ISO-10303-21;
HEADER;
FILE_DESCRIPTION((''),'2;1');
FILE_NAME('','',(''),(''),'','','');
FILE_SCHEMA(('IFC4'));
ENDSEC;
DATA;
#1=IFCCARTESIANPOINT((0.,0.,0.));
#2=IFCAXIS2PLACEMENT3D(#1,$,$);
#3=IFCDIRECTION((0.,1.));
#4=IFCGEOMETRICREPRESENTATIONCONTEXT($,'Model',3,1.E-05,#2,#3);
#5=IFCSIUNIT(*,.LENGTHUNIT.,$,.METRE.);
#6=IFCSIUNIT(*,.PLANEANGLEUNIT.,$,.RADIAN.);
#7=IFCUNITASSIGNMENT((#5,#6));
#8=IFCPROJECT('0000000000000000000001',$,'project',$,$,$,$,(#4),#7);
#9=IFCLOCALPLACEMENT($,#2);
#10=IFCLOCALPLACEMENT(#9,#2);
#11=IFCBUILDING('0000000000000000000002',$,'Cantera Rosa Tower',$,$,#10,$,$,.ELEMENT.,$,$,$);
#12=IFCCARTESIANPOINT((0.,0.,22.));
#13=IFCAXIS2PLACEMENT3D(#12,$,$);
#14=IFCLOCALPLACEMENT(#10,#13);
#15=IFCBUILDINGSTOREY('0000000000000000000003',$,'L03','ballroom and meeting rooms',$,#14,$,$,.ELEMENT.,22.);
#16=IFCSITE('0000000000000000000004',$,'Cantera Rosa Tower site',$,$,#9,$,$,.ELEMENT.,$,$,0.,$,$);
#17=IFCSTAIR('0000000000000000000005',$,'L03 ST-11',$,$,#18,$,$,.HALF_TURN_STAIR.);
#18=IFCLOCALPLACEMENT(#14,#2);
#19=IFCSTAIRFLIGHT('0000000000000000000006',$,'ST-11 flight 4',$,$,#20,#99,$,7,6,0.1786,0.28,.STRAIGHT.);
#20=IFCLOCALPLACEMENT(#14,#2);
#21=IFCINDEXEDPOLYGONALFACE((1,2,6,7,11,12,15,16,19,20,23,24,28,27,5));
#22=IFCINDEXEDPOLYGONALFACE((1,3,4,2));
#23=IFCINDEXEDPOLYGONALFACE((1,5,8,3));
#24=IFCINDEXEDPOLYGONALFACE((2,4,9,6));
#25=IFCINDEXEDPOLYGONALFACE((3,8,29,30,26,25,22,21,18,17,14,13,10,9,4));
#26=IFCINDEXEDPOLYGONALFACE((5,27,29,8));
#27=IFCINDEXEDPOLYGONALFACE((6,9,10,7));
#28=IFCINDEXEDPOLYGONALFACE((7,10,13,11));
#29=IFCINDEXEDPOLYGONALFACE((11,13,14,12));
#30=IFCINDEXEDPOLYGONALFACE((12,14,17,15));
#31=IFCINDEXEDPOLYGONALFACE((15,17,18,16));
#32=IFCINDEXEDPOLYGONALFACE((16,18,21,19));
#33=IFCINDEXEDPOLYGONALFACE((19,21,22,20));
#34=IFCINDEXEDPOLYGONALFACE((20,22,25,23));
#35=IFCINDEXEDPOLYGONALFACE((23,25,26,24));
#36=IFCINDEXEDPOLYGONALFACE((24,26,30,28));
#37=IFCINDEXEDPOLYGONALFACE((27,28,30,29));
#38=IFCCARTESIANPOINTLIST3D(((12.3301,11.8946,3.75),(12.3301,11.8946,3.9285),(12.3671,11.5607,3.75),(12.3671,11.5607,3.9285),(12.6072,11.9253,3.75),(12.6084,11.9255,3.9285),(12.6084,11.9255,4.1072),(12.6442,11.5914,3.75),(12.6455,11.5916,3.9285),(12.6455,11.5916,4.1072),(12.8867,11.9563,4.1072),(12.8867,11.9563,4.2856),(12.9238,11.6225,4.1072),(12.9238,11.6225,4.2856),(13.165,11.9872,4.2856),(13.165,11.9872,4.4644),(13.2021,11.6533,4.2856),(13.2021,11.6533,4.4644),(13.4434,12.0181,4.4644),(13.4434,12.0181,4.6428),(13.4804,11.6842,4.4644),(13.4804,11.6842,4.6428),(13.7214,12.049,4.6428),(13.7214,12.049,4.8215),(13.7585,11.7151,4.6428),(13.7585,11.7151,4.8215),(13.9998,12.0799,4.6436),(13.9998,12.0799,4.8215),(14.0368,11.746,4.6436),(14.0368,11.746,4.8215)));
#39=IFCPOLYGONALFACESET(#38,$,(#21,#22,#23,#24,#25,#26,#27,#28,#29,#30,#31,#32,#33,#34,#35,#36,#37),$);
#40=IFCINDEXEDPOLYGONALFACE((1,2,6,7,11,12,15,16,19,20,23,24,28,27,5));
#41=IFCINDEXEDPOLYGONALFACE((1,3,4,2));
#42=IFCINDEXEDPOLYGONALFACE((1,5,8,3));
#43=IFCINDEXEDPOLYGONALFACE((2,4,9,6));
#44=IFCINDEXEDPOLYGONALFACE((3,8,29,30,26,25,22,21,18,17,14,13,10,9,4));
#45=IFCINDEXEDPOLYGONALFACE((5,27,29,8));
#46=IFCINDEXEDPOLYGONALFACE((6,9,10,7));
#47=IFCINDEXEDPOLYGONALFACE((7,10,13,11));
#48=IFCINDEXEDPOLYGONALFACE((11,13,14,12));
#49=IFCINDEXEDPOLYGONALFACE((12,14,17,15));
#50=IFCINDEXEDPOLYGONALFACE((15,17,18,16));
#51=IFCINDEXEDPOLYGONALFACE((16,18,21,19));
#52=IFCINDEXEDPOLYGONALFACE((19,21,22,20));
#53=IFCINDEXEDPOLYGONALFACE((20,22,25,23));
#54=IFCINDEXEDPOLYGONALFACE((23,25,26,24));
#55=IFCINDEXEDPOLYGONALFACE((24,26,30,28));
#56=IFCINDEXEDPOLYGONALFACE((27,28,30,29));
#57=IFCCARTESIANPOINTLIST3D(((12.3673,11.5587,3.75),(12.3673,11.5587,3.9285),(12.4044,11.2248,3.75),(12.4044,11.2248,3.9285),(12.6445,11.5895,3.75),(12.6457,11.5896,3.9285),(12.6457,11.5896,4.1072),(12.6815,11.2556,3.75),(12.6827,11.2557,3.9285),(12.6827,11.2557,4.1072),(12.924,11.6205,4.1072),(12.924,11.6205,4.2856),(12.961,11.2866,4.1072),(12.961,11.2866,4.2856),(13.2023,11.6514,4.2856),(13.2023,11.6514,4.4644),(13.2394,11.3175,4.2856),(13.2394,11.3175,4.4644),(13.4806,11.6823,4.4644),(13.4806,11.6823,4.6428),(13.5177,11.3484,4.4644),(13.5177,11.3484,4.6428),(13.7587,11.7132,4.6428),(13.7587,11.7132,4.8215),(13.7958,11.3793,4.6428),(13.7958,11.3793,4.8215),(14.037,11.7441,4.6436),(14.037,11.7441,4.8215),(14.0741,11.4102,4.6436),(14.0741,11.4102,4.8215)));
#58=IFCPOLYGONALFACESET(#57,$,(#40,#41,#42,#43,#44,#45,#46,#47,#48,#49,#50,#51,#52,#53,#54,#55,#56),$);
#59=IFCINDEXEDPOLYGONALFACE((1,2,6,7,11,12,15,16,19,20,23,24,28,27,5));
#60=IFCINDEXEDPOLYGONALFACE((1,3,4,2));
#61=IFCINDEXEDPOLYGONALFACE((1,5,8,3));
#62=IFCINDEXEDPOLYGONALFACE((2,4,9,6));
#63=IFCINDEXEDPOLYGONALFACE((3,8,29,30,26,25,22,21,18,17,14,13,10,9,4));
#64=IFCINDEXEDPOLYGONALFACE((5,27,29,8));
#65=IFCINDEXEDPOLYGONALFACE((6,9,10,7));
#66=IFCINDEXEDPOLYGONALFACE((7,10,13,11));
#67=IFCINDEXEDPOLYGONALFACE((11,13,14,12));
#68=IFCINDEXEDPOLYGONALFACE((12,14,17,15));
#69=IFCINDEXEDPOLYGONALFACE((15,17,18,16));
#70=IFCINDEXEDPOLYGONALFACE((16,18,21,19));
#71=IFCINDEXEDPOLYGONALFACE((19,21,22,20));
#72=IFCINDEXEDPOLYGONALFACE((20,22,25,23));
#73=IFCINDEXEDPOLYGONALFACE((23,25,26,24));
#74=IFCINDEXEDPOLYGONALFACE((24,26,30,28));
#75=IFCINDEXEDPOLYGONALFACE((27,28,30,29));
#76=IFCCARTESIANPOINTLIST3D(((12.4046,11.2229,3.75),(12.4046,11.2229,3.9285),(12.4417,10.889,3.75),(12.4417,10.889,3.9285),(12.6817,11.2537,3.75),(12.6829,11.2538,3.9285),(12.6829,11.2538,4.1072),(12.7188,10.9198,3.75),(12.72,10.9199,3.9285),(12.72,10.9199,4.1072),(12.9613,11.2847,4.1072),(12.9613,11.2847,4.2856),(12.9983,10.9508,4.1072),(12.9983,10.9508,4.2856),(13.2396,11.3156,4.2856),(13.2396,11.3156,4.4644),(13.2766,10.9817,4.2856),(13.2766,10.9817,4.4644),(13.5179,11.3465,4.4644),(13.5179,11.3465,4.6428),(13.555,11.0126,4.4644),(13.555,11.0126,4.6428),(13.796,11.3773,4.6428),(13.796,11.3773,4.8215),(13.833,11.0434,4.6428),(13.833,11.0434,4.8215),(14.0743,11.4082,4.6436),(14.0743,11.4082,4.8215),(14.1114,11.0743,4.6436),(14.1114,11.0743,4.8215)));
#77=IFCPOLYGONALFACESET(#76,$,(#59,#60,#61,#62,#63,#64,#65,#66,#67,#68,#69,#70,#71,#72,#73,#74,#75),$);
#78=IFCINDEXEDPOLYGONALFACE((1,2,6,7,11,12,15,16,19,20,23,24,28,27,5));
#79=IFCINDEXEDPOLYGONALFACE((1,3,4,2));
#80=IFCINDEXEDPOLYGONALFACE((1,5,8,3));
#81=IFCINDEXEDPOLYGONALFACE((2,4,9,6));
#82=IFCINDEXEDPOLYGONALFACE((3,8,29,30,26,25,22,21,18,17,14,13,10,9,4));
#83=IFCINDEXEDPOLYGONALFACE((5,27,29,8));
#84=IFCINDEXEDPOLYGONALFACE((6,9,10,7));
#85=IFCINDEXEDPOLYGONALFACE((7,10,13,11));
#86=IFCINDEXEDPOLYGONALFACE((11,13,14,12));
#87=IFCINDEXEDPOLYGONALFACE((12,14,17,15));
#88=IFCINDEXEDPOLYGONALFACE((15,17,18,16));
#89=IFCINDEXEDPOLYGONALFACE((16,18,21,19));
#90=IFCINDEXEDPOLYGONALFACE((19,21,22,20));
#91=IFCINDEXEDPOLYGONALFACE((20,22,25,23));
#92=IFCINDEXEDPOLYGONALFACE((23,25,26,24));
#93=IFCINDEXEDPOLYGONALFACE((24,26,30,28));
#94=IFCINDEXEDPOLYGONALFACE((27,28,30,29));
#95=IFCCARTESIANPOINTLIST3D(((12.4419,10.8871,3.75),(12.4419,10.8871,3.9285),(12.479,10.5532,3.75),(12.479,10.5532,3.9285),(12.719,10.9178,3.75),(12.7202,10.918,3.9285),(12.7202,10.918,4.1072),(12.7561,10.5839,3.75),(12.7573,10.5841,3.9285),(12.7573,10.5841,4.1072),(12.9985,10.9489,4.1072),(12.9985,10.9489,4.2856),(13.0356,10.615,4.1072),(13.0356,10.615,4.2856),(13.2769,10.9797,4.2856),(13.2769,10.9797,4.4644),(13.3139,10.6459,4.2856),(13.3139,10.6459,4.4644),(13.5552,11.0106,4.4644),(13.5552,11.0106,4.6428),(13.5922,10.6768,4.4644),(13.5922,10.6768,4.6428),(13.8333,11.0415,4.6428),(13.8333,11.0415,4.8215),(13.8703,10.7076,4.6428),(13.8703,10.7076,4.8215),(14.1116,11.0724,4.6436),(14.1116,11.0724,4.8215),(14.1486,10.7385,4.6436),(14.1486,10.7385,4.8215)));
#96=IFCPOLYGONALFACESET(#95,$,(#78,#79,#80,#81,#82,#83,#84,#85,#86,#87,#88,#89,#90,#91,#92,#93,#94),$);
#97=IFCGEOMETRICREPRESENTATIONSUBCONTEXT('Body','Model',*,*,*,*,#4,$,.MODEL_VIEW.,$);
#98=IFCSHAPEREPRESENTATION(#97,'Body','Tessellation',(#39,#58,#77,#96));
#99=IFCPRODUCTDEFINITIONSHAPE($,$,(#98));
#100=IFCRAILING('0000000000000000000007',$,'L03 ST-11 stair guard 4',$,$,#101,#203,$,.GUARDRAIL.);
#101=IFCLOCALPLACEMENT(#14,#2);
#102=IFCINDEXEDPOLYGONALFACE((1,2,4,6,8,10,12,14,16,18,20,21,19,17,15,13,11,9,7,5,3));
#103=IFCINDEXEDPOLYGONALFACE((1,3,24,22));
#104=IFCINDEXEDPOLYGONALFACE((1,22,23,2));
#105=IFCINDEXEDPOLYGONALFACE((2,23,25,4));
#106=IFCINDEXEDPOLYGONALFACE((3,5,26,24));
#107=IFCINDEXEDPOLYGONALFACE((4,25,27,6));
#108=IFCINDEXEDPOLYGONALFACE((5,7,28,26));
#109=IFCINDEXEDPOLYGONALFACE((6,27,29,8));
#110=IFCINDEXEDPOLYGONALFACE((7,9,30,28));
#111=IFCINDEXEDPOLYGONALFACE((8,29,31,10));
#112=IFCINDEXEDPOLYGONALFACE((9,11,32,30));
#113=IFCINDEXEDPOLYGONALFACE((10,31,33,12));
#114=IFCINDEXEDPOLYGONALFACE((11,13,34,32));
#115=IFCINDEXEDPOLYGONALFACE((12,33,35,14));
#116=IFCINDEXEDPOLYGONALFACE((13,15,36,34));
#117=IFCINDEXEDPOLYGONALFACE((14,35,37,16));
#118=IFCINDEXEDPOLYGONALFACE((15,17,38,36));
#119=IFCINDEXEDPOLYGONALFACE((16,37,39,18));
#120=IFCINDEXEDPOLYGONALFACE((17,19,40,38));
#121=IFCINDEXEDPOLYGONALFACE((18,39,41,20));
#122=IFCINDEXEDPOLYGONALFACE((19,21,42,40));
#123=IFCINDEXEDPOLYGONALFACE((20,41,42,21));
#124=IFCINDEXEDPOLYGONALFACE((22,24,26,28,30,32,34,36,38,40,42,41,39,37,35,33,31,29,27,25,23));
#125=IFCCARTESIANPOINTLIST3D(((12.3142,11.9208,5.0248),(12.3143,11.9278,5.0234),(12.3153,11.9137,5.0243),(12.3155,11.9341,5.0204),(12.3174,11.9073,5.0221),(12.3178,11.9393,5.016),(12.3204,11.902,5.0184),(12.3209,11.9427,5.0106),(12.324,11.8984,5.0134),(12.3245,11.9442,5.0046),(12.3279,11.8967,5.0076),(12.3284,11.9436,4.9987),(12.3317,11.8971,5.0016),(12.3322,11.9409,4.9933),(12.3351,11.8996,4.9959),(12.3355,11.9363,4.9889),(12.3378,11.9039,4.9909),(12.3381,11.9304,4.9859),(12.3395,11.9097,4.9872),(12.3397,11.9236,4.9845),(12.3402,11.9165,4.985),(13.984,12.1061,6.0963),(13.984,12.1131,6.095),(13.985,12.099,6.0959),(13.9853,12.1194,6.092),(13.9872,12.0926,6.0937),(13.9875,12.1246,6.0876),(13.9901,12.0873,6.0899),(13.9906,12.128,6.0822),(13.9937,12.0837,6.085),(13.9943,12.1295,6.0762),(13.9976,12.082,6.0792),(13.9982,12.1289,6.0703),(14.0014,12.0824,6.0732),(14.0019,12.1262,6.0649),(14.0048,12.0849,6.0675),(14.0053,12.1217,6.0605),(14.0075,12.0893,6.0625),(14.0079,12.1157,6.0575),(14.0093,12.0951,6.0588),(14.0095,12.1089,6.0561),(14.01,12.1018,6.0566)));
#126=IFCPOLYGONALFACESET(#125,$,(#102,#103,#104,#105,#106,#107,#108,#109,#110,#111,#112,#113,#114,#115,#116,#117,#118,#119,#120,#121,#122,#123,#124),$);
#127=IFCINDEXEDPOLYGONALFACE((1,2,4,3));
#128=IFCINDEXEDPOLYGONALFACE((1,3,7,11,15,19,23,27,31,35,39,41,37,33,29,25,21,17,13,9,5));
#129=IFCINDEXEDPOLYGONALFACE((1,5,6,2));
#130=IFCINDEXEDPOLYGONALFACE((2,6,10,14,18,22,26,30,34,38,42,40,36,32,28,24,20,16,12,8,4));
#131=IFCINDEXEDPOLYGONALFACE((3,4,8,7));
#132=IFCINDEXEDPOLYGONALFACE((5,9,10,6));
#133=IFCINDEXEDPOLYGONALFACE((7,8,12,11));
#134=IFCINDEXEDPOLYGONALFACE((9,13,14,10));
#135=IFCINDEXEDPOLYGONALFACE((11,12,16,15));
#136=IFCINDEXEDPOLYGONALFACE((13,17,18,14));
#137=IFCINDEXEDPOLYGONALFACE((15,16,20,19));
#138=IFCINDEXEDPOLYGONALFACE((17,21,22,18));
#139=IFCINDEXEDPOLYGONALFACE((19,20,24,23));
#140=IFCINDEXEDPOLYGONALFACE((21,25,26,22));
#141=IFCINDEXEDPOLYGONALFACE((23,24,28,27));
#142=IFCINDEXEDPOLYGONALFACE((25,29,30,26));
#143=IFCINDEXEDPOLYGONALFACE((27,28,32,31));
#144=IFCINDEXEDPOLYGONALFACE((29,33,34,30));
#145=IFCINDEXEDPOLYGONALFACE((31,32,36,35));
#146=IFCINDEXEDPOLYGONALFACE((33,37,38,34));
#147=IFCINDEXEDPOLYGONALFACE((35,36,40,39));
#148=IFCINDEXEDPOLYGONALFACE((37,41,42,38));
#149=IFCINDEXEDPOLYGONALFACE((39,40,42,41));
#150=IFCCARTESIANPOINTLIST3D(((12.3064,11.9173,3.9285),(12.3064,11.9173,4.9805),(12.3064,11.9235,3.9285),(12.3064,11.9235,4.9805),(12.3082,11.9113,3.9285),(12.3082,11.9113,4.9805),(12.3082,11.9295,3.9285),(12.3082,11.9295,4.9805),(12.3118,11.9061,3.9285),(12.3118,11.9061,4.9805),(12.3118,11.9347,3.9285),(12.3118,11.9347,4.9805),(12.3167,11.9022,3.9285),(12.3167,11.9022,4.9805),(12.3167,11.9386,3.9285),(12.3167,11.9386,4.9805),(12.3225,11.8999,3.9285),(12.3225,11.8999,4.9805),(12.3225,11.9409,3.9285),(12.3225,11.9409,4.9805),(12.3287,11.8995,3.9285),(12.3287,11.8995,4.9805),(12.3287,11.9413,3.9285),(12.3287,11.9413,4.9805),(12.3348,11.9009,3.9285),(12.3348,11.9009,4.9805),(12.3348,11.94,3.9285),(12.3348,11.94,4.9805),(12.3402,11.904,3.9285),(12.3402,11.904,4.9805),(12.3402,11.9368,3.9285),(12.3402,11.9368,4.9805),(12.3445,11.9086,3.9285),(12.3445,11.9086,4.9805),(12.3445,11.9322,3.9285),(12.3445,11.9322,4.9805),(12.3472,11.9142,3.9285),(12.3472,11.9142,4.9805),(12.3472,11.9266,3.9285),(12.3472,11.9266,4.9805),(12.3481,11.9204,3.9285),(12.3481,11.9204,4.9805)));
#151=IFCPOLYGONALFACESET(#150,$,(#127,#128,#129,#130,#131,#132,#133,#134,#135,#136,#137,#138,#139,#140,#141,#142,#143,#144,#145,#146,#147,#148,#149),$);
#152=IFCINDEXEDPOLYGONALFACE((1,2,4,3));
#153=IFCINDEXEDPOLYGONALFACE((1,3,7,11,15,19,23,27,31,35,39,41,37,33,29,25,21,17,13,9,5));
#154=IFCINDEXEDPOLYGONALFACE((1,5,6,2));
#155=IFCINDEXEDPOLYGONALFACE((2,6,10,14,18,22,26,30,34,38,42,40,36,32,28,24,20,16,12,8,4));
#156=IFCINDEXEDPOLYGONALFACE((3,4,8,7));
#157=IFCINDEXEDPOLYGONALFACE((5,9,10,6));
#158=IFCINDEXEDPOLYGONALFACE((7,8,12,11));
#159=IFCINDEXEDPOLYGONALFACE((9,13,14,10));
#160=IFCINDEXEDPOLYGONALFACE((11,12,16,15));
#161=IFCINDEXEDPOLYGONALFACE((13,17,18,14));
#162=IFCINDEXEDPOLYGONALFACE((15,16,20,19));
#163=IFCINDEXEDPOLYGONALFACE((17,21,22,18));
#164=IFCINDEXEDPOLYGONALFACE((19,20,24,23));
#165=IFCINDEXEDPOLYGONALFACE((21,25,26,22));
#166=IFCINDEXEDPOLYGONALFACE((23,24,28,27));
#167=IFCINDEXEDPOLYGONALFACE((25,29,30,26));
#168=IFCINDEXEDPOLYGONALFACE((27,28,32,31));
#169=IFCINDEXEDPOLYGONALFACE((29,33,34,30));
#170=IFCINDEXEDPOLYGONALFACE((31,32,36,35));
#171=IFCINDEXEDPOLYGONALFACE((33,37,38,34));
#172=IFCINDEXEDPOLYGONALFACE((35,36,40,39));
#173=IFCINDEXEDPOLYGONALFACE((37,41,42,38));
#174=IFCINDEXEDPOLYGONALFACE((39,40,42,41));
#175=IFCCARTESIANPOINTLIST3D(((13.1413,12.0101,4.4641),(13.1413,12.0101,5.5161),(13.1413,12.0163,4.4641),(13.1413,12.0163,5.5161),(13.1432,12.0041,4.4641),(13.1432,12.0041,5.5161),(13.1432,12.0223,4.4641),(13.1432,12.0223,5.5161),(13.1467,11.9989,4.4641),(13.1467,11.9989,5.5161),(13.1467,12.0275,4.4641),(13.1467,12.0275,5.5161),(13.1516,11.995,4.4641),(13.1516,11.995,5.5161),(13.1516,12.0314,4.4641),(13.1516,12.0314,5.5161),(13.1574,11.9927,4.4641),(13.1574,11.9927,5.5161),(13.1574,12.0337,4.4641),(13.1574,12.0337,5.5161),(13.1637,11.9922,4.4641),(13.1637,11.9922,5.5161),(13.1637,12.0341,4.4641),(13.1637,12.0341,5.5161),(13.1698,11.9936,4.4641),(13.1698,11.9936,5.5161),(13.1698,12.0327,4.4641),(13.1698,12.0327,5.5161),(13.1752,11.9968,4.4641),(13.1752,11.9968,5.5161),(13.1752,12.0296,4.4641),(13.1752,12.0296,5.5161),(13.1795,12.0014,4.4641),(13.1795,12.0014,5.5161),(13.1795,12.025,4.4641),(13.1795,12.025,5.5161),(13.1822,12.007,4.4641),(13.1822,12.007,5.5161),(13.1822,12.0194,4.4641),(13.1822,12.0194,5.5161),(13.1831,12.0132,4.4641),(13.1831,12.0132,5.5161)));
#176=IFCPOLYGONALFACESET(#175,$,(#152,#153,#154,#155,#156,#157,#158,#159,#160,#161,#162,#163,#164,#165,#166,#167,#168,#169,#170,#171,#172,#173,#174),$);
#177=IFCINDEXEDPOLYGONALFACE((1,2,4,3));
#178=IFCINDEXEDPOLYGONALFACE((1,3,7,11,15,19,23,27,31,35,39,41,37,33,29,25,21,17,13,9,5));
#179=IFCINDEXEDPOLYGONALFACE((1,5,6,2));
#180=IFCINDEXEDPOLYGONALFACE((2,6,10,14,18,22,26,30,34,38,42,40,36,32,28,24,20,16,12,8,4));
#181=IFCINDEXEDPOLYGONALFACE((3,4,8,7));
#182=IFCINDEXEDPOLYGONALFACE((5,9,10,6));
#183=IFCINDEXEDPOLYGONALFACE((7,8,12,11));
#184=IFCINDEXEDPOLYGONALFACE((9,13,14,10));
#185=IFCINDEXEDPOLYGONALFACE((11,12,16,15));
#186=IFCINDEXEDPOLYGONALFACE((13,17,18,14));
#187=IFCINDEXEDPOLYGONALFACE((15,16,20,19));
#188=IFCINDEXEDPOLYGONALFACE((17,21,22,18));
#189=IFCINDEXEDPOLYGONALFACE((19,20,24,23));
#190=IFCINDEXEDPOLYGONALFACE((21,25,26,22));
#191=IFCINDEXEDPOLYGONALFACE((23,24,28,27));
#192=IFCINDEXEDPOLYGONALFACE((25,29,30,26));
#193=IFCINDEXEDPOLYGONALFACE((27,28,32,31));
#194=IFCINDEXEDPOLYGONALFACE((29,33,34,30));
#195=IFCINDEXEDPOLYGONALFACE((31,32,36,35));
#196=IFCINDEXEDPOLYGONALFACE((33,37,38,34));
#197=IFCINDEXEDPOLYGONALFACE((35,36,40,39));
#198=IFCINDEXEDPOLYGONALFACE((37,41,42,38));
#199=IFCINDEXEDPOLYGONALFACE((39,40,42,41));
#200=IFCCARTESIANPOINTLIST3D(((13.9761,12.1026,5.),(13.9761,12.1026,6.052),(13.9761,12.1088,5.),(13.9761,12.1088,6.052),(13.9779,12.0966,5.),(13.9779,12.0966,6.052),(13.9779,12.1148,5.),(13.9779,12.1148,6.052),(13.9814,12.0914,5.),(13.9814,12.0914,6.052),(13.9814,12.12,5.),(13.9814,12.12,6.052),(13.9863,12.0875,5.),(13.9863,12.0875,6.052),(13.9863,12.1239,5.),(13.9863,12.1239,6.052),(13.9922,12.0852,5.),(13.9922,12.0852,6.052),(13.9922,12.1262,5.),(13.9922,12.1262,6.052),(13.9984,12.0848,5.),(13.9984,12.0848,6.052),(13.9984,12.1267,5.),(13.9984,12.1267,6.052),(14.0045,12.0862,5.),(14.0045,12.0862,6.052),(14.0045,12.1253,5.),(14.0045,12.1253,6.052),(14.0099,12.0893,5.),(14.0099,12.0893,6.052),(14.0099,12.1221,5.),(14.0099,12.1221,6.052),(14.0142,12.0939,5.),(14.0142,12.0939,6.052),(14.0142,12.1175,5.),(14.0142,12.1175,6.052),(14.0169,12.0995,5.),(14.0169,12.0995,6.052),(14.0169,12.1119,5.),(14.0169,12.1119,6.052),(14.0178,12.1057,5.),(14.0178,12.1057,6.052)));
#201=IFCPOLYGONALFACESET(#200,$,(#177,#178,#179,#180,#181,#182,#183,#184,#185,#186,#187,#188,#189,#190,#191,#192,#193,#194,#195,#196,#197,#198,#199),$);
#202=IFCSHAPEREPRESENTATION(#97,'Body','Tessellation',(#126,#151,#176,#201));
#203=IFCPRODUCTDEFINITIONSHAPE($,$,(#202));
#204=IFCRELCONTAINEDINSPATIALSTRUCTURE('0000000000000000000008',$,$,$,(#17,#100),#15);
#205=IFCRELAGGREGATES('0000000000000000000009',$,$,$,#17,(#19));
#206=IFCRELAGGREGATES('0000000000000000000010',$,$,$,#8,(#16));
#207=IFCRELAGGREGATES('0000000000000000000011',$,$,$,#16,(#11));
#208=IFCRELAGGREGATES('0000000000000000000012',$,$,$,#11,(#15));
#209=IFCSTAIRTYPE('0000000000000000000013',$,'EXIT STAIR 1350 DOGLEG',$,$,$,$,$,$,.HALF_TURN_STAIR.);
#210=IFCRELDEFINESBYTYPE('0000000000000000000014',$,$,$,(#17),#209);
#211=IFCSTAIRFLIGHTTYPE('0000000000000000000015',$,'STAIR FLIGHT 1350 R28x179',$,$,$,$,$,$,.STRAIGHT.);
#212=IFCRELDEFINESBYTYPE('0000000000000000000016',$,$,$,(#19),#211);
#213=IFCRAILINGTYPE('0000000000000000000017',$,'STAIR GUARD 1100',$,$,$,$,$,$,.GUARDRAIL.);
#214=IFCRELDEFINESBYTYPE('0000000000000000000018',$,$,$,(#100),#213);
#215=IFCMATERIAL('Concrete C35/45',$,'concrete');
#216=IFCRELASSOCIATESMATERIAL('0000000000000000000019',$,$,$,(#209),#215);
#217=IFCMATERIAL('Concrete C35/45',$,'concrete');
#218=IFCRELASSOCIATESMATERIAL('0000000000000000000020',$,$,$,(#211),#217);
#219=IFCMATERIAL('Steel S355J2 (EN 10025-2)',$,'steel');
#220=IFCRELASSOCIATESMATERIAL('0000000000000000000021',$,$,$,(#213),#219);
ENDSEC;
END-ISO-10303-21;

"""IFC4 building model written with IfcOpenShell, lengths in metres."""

from ifc_helpers import new_model, si_unit, direction, frame, origin, origin_2d, place, context, subcontext, project, spatial, polyline, circle, outline, extrude, material, type_object, element, aggregate, save


model = new_model("IFC4")

# Units and contexts
model_context = context("Model", 3, precision=1e-05, world=origin(), true_north=direction((0.0, 1.0)))
body_context = subcontext(model_context, "Body", "Model", "MODEL_VIEW")
ifc_project = project(units=[si_unit("LENGTHUNIT", "METRE"), si_unit("PLANEANGLEUNIT", "RADIAN")], contexts=[model_context])

# Site, building, storey
site_placement = place(None, origin())
site = spatial("IfcSite", under=ifc_project, at=site_placement, Name="Cantera Rosa Tower site", CompositionType="ELEMENT", RefElevation=0.0)
building_placement = place(site_placement, origin())
building = spatial("IfcBuilding", under=site, at=building_placement, Name="Cantera Rosa Tower", CompositionType="ELEMENT")
storey_placement = place(building_placement, frame((0.0, 0.0, 22.0)))
storey = spatial("IfcBuildingStorey", under=building, at=storey_placement, Name="L03", Description="ballroom and meeting rooms", CompositionType="ELEMENT", Elevation=22.0)

# Stair, stair flight
ifc_material_1 = material(Name="Concrete C35/45", Category="concrete")
stair_type = type_object("IfcStairType", Name="EXIT STAIR 1350 DOGLEG", PredefinedType="HALF_TURN_STAIR", material=ifc_material_1)
stair_placement = place(storey_placement, origin())
stair = element("IfcStair", 1, at=stair_placement, inside=storey, type_object=stair_type, Name="L03 ST-11", PredefinedType="HALF_TURN_STAIR")
ifc_material_2 = material(Name="Concrete C35/45", Category="concrete")
stair_flight_type = type_object("IfcStairFlightType", Name="STAIR FLIGHT 1350 R28x179", PredefinedType="STRAIGHT", material=ifc_material_2)
stair_flight_1_placement = place(storey_placement, frame((12.4045, 11.2236, 3.75), z_axis=(0.0, 0.0, 1.0), x_axis=(0.993897, 0.110313, 0.0)))
stair_flight_1 = element("IfcStairFlight", 2, at=stair_flight_1_placement, type_object=stair_flight_type, Name="ST-11 flight 4", NumberOfRisers=7, NumberOfTreads=6, PredefinedType="STRAIGHT", RiserHeight=0.1786, TreadLength=0.28, context=body_context, shape_type="SweptSolid", body=[
    extrude(outline(polyline([(0.0, 0.0), (0.0, 0.1785), (0.28, 0.1785), (0.28, 0.3572), (0.5601, 0.3572), (0.5601, 0.5356), (0.8401, 0.5356), (0.8401, 0.7144), (1.1201, 0.7144), (1.1201, 0.8928), (1.3999, 0.8928), (1.3999, 1.0715), (1.6799, 1.0715), (1.6799, 1.25), (1.6799, 0.8936), (0.2788, 0.0), (0.0, 0.0)])), frame((0.0, 0.675, 0.0), z_axis=(0.0, -1.0, 0.0), x_axis=(1.0, 0.0, 0.0)), (0.0, 0.0, 1.0), 0.3359),
    extrude(outline(polyline([(0.0, 0.0), (0.0, 0.1785), (0.28, 0.1785), (0.28, 0.3572), (0.5601, 0.3572), (0.5601, 0.5356), (0.8401, 0.5356), (0.8401, 0.7144), (1.1201, 0.7144), (1.1201, 0.8928), (1.3999, 0.8928), (1.3999, 1.0715), (1.6799, 1.0715), (1.6799, 1.25), (1.6799, 0.8936), (0.2788, 0.0), (0.0, 0.0)])), frame((0.0, 0.3372, 0.0), z_axis=(0.0, -1.0, 0.0), x_axis=(1.0, 0.0, 0.0)), (0.0, 0.0, 1.0), 0.3359),
    extrude(outline(polyline([(0.0, 0.0), (0.0, 0.1785), (0.28, 0.1785), (0.28, 0.3572), (0.5601, 0.3572), (0.5601, 0.5356), (0.8401, 0.5356), (0.8401, 0.7144), (1.1201, 0.7144), (1.1201, 0.8928), (1.3999, 0.8928), (1.3999, 1.0715), (1.6799, 1.0715), (1.6799, 1.25), (1.6799, 0.8936), (0.2788, 0.0), (0.0, 0.0)])), frame((0.0, -0.0007, 0.0), z_axis=(0.0, -1.0, 0.0), x_axis=(1.0, 0.0, 0.0)), (0.0, 0.0, 1.0), 0.3359),
    extrude(outline(polyline([(0.0, 0.0), (0.0, 0.1785), (0.28, 0.1785), (0.28, 0.3572), (0.5601, 0.3572), (0.5601, 0.5356), (0.8401, 0.5356), (0.8401, 0.7144), (1.1201, 0.7144), (1.1201, 0.8928), (1.3999, 0.8928), (1.3999, 1.0715), (1.6799, 1.0715), (1.6799, 1.25), (1.6799, 0.8936), (0.2788, 0.0), (0.0, 0.0)])), frame((0.0, -0.3386, 0.0), z_axis=(0.0, -1.0, 0.0), x_axis=(1.0, 0.0, 0.0)), (0.0, 0.0, 1.0), 0.3359),
])
aggregate(stair, [stair_flight_1])

# Railing
ifc_material_3 = material(Name="Steel S355J2 (EN 10025-2)", Category="steel")
railing_type_1 = type_object("IfcRailingType", Name="STAIR GUARD 1100", PredefinedType="GUARDRAIL", material=ifc_material_3)
railing_1_placement = place(storey_placement, frame((12.3271, 11.9204, 3.9285)))
element("IfcRailing", 3, at=railing_1_placement, inside=storey, type_object=railing_type_1, Name="L03 ST-11 stair guard 4", PredefinedType="GUARDRAIL", context=body_context, shape_type="SweptSolid", body=[
    extrude(circle(Radius=0.0239, at=origin_2d()), frame((0.0, 0.0, 1.0762), z_axis=(0.837951, 0.092997, 0.537764), x_axis=(-0.110304, 0.993898, 0.0)), (0.0, 0.0, 1.0), 1.9927),
    extrude(circle(Radius=0.021, at=origin_2d()), origin(), (0.0, 0.0, 1.0), 1.052),
    extrude(circle(Radius=0.021, at=origin_2d()), frame((0.835, 0.0928, 0.5356)), (0.0, 0.0, 1.0), 1.052),
    extrude(circle(Radius=0.021, at=origin_2d()), frame((1.6697, 0.1853, 1.0715)), (0.0, 0.0, 1.0), 1.052),
])

save(model, "model.ifc")
